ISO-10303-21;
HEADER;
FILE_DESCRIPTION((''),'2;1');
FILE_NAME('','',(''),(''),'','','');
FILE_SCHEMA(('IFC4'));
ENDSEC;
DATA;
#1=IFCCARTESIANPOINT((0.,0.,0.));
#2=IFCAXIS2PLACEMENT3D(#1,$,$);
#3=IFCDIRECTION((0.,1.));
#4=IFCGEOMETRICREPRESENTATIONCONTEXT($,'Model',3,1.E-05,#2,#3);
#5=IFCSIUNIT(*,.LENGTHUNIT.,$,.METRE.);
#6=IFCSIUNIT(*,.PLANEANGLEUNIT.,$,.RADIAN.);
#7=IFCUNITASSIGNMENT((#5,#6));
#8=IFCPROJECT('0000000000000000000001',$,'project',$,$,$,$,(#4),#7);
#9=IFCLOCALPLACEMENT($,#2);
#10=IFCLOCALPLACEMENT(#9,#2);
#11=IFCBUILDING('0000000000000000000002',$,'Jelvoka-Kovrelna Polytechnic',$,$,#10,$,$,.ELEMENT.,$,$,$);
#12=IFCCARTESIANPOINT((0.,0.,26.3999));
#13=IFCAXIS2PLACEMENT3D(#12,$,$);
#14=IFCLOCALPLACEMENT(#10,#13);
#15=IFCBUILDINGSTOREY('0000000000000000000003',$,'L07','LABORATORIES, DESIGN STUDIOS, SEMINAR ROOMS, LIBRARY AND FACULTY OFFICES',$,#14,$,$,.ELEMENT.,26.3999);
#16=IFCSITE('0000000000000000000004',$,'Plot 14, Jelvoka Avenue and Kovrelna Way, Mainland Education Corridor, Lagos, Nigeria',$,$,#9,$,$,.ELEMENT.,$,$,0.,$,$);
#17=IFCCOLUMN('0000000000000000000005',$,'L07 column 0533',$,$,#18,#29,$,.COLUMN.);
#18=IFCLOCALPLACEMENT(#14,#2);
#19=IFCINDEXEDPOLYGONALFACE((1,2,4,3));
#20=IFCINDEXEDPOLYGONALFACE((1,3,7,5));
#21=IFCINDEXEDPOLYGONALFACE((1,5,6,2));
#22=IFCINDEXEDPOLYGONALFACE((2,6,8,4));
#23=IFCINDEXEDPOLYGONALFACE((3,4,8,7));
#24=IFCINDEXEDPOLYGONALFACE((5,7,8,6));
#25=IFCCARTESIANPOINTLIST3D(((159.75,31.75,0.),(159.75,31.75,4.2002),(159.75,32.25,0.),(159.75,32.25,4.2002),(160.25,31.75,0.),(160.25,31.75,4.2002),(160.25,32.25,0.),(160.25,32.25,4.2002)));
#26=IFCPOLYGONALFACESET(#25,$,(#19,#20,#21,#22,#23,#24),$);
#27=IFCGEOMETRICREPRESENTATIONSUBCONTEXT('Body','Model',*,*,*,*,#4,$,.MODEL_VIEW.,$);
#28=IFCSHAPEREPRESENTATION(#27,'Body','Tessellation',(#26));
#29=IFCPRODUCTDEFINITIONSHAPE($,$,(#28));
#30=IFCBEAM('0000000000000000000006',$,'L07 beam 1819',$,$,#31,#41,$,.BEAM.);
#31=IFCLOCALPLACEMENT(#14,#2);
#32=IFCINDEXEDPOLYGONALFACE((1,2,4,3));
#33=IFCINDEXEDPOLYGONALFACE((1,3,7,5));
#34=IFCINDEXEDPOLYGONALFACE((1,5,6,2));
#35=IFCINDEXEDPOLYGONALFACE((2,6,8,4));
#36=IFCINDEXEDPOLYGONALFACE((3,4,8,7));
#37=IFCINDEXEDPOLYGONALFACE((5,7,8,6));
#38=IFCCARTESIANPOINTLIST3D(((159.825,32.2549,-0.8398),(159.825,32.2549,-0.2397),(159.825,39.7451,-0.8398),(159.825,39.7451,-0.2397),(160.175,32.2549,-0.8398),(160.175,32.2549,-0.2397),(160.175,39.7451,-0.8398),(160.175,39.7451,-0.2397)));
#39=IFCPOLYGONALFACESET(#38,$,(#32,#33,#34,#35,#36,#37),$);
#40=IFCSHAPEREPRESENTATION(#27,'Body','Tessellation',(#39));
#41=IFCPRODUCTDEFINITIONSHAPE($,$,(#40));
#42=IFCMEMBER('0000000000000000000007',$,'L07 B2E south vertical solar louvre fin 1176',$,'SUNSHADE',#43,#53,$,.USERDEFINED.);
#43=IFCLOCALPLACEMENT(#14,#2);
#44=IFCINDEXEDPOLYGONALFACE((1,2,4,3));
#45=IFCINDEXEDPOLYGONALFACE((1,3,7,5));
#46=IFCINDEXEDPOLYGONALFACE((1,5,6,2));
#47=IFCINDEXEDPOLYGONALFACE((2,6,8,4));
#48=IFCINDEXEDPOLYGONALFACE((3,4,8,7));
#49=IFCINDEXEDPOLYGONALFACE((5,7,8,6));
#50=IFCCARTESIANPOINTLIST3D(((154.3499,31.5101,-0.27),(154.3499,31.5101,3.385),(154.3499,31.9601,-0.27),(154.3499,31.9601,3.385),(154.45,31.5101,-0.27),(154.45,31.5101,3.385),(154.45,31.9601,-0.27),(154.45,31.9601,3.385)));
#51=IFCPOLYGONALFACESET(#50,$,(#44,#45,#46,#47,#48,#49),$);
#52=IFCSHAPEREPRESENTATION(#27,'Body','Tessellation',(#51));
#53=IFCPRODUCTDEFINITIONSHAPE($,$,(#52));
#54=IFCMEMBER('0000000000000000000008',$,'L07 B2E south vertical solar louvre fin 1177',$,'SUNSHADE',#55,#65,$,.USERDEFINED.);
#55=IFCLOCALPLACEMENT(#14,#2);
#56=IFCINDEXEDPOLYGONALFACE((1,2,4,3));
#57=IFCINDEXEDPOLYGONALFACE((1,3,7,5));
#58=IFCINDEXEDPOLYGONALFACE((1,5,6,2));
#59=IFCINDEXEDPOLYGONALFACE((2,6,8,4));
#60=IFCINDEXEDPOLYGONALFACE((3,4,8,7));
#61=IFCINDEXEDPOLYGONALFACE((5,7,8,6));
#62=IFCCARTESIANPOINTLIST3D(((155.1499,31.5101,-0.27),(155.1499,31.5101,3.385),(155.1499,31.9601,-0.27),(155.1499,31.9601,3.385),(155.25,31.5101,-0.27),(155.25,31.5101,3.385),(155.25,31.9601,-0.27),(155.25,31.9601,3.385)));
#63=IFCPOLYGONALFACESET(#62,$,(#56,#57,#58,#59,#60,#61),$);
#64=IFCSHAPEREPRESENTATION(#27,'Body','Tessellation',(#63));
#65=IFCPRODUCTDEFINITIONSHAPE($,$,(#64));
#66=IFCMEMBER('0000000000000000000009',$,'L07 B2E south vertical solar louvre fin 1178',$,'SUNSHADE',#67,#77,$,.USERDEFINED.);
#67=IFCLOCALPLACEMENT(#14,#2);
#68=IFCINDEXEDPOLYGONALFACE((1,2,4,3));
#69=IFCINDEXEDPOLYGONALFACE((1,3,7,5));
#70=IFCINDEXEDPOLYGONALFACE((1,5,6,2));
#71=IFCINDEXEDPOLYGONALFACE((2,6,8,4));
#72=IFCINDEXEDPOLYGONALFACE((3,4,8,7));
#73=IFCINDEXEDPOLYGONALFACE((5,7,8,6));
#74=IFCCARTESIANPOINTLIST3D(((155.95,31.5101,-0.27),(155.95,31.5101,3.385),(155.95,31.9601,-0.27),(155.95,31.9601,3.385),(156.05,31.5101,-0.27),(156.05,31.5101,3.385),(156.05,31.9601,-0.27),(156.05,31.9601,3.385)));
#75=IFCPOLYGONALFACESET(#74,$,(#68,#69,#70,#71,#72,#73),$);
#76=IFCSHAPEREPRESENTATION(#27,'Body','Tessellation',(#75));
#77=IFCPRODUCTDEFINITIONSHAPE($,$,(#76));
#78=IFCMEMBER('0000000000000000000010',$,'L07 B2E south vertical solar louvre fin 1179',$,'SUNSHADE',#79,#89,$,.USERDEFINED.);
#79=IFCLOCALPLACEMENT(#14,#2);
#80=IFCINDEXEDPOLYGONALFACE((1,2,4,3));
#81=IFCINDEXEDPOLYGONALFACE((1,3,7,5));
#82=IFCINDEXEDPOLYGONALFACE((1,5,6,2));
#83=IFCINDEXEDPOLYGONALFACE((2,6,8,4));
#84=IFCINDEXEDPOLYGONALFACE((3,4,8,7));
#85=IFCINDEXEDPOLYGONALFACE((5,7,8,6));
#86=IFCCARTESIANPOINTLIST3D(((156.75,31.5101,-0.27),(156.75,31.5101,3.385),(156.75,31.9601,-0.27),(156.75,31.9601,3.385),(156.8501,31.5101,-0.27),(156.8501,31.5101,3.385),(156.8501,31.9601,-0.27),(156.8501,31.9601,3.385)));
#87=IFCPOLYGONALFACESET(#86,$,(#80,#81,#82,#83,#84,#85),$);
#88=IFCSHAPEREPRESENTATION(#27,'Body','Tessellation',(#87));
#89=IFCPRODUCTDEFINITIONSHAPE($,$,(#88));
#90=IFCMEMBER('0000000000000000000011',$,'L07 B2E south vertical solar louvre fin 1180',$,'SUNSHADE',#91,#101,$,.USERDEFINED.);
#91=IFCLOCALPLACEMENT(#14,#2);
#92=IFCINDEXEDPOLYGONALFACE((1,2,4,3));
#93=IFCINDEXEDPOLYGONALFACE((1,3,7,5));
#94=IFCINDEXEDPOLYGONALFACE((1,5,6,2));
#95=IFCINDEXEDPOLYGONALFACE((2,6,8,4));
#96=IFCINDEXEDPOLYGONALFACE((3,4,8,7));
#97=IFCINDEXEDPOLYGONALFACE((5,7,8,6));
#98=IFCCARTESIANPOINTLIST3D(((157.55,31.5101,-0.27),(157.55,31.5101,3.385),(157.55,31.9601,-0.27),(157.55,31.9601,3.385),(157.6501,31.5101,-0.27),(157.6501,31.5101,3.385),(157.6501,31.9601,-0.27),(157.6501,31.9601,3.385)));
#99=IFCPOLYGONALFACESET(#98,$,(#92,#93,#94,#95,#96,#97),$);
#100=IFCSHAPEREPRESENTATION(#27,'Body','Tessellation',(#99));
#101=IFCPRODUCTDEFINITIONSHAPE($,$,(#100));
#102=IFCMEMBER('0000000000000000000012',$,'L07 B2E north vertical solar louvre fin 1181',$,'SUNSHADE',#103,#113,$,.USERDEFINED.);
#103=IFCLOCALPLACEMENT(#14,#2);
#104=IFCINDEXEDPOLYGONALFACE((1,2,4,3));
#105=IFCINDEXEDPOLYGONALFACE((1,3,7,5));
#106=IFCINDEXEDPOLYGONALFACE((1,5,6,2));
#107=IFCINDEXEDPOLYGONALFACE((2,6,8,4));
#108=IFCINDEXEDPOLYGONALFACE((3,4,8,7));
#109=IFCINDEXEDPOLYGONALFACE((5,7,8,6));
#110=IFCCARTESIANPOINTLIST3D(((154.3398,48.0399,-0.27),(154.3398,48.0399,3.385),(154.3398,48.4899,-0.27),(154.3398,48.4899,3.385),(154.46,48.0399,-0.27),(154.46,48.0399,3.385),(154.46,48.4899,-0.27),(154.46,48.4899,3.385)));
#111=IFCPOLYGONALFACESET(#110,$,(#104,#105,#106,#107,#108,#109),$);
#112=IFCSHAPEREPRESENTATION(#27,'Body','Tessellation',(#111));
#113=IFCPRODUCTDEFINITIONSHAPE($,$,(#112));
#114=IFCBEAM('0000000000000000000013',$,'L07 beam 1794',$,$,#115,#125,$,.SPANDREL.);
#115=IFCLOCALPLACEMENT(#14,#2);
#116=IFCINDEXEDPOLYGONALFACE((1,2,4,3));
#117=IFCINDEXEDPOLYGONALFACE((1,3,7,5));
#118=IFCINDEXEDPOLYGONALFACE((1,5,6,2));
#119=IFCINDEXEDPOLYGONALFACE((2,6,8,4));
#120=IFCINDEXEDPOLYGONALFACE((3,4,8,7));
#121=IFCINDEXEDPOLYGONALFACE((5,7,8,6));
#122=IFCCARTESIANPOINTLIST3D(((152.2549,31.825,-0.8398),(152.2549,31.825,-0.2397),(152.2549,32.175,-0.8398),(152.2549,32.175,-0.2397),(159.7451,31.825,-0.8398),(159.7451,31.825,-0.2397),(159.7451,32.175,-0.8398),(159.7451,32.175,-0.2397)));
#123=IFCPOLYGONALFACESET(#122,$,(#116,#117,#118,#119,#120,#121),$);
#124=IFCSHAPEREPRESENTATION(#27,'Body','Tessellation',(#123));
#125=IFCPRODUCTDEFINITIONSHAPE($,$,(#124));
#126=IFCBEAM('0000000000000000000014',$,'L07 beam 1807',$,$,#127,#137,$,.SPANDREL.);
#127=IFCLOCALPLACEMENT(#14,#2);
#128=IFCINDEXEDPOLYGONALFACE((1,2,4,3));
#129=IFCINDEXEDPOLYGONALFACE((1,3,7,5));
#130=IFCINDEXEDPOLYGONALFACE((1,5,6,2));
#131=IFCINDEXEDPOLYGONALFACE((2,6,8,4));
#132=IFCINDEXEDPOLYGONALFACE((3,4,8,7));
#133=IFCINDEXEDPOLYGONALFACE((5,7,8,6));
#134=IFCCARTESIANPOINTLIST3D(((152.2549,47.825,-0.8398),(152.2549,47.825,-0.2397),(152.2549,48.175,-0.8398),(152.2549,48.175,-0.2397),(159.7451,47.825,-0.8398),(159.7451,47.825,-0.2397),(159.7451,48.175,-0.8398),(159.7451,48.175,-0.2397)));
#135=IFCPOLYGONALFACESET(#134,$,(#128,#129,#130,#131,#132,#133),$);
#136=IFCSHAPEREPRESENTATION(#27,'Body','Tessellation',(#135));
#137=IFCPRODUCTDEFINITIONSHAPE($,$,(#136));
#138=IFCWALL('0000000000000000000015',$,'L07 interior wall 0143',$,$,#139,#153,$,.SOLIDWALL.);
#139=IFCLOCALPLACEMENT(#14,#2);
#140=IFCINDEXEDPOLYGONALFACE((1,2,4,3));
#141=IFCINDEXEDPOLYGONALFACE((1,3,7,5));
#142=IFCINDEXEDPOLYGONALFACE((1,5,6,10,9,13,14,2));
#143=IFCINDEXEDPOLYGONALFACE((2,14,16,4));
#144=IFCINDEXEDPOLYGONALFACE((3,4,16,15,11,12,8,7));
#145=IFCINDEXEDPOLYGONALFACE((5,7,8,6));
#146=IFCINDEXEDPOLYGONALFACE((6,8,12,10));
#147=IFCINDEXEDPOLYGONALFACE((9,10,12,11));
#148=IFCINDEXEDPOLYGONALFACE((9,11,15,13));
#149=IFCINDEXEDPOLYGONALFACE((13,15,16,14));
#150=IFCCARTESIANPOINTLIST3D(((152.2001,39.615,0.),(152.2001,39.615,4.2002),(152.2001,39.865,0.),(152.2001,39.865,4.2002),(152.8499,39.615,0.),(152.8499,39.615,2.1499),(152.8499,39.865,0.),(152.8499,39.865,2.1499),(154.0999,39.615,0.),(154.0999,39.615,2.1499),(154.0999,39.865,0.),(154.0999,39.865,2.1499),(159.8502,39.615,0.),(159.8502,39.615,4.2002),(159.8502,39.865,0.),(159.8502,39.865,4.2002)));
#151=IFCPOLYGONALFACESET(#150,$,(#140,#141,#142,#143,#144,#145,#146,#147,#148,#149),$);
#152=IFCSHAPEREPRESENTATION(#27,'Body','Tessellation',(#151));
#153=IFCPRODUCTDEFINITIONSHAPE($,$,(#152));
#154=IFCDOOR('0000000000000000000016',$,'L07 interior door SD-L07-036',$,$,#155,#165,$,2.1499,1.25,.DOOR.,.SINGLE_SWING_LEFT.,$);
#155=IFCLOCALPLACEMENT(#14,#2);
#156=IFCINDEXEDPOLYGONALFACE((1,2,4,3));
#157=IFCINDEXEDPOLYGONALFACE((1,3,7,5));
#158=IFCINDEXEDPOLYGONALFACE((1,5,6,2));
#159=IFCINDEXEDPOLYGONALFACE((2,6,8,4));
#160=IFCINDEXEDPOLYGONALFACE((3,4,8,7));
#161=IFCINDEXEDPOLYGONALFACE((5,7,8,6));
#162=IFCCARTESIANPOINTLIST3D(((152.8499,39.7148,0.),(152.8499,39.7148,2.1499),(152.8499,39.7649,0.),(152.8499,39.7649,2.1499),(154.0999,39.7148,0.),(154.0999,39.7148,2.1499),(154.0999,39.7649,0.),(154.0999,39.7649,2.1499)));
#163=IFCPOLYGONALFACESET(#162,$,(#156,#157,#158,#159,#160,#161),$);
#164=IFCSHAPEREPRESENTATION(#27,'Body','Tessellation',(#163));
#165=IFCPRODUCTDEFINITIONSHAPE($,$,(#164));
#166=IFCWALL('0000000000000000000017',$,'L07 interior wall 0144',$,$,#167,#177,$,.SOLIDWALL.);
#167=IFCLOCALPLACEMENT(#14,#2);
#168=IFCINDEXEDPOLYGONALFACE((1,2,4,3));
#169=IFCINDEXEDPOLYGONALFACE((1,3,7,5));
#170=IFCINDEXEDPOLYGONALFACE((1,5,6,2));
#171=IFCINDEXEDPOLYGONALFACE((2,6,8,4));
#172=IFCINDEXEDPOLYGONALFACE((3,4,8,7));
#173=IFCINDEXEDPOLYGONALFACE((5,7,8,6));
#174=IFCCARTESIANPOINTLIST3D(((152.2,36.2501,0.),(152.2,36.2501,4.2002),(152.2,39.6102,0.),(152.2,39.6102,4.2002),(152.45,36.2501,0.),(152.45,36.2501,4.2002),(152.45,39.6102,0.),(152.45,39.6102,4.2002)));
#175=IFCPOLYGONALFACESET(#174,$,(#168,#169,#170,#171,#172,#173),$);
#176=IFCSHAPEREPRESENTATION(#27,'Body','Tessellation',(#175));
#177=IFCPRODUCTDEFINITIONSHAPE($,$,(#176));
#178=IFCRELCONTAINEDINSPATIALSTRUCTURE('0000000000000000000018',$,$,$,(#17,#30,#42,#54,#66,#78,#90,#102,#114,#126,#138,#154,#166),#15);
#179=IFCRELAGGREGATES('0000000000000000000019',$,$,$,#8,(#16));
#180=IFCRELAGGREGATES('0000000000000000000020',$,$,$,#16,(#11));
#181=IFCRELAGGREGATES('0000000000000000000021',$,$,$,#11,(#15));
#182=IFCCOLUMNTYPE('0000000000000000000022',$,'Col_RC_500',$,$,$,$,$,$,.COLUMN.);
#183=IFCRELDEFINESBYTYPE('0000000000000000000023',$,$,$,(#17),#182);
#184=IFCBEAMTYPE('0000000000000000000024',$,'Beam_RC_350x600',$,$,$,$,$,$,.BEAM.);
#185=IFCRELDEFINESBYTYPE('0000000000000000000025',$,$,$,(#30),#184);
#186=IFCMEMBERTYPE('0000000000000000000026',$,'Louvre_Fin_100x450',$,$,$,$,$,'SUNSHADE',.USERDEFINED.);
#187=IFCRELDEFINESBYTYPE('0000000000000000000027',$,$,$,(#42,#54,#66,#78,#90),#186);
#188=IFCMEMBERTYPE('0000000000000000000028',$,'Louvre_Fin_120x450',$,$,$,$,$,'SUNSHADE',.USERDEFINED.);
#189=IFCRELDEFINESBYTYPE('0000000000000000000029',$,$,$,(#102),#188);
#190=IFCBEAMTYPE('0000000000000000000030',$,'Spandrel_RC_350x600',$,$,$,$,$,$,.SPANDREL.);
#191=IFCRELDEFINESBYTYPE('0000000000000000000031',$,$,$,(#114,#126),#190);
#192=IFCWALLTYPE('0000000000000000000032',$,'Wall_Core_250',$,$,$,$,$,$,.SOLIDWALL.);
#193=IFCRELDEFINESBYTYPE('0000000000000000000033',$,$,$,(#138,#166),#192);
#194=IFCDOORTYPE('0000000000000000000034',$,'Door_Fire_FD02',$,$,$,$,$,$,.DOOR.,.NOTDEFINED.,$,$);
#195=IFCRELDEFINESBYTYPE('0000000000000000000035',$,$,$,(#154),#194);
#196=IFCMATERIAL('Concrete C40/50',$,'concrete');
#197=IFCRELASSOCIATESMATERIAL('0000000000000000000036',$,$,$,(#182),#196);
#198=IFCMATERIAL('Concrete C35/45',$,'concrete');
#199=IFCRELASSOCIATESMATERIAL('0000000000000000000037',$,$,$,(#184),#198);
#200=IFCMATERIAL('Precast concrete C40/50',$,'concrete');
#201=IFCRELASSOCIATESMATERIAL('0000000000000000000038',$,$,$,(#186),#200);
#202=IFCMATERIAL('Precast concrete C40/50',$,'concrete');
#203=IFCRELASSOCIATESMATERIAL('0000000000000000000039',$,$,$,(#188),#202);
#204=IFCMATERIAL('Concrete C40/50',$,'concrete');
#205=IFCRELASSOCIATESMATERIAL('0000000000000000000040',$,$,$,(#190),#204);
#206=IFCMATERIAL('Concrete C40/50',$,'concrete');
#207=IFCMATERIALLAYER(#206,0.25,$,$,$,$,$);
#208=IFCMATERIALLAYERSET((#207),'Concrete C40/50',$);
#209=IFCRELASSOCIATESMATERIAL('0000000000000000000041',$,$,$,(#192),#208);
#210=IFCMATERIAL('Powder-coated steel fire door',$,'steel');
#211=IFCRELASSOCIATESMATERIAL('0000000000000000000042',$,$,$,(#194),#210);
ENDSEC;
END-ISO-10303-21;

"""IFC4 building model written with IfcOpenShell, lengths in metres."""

from ifc_helpers import new_model, si_unit, direction, frame, frame_2d, origin, origin_2d, place, context, subcontext, project, spatial, rectangle, extrude, material, layer, layer_set, material_profile, profile_set, type_object, element, fill, save


model = new_model("IFC4")

# Units and contexts
model_context = context("Model", 3, precision=1e-05, world=origin(), true_north=direction((0.0, 1.0)))
body_context = subcontext(model_context, "Body", "Model", "MODEL_VIEW")
ifc_project = project(units=[si_unit("LENGTHUNIT", "METRE"), si_unit("PLANEANGLEUNIT", "RADIAN")], contexts=[model_context])

# Site, building, storey
site_placement = place(None, origin())
site = spatial("IfcSite", under=ifc_project, at=site_placement, Name="Plot 14, Jelvoka Avenue and Kovrelna Way, Mainland Education Corridor, Lagos, Nigeria", CompositionType="ELEMENT", RefElevation=0.0)
building_placement = place(site_placement, origin())
building = spatial("IfcBuilding", under=site, at=building_placement, Name="Jelvoka-Kovrelna Polytechnic", CompositionType="ELEMENT")
storey_placement = place(building_placement, frame((0.0, 0.0, 26.3999)))
storey = spatial("IfcBuildingStorey", under=building, at=storey_placement, Name="L07", Description="LABORATORIES, DESIGN STUDIOS, SEMINAR ROOMS, LIBRARY AND FACULTY OFFICES", CompositionType="ELEMENT", Elevation=26.3999)

# Column
ifc_material_1 = material(Name="Concrete C40/50", Category="concrete")
ifc_material_profile_1 = material_profile(ifc_material_1, rectangle(XDim=0.5, YDim=0.5, at=origin_2d()), Name="RC 500x500")
ifc_profile_set_1 = profile_set([ifc_material_profile_1], Name="Concrete C40/50")
column_type = type_object("IfcColumnType", Name="Col_RC_500", PredefinedType="COLUMN", material=ifc_profile_set_1)
column_placement = place(storey_placement, frame((160.0, 32.0, 0.0), z_axis=(0.0, 0.0, 1.0), x_axis=(1.0, 0.0, 0.0)))
element("IfcColumn", 1, at=column_placement, inside=storey, type_object=column_type, Name="L07 column 0533", PredefinedType="COLUMN", context=body_context, shape_type="SweptSolid", body=[
    extrude(rectangle(XDim=0.5, YDim=0.5, at=origin_2d()), origin(), (0.0, 0.0, 1.0), 4.2002),
])

# Beam
ifc_material_2 = material(Name="Concrete C35/45", Category="concrete")
ifc_material_profile_2 = material_profile(ifc_material_2, rectangle(XDim=0.3501, YDim=0.6001, at=origin_2d()), Name="RC 350x600")
ifc_profile_set_2 = profile_set([ifc_material_profile_2], Name="Concrete C35/45")
beam_type_1 = type_object("IfcBeamType", Name="Beam_RC_350x600", PredefinedType="BEAM", material=ifc_profile_set_2)
beam_placement = place(storey_placement, frame((160.0, 32.2549, -0.5398), z_axis=(0.0, 1.0, 0.0), x_axis=(-1.0, 0.0, 0.0)))
element("IfcBeam", 2, at=beam_placement, inside=storey, type_object=beam_type_1, Name="L07 beam 1819", PredefinedType="BEAM", context=body_context, shape_type="SweptSolid", body=[
    extrude(rectangle(XDim=0.3501, YDim=0.6001, at=origin_2d()), origin(), (0.0, 0.0, 1.0), 7.4902),
])

# Members
ifc_material_3 = material(Name="Precast concrete C40/50", Category="concrete")
ifc_material_profile_3 = material_profile(ifc_material_3, rectangle(XDim=0.1001, YDim=0.45, at=origin_2d()), Name="PC 100x450")
ifc_profile_set_3 = profile_set([ifc_material_profile_3], Name="Precast concrete C40/50")
member_type_1 = type_object("IfcMemberType", Name="Louvre_Fin_100x450", ElementType="SUNSHADE", PredefinedType="USERDEFINED", material=ifc_profile_set_3)
for number, where, z_axis, x_axis, name in (
    (3, (154.3999, 31.7351, -0.27), (0.0, 0.0, 1.0), (1.0, 0.0, 0.0), "L07 B2E south vertical solar louvre fin 1176"),
    (4, (155.2, 31.7351, -0.27), (0.0, 0.0, 1.0), (1.0, 0.0, 0.0), "L07 B2E south vertical solar louvre fin 1177"),
    (5, (156.0, 31.7351, -0.27), (0.0, 0.0, 1.0), (1.0, 0.0, 0.0), "L07 B2E south vertical solar louvre fin 1178"),
    (6, (156.8, 31.7351, -0.27), (0.0, 0.0, 1.0), (1.0, 0.0, 0.0), "L07 B2E south vertical solar louvre fin 1179"),
    (7, (157.6001, 31.7351, -0.27), (0.0, 0.0, 1.0), (1.0, 0.0, 0.0), "L07 B2E south vertical solar louvre fin 1180"),
):
    element("IfcMember", number, at=place(storey_placement, frame(where, z_axis=z_axis, x_axis=x_axis)), inside=storey, type_object=member_type_1, Name=name, ObjectType="SUNSHADE", PredefinedType="USERDEFINED", context=body_context, shape_type="SweptSolid", body=[
        extrude(rectangle(XDim=0.1001, YDim=0.45, at=origin_2d()), origin(), (0.0, 0.0, 1.0), 3.655),
    ])
ifc_material_4 = material(Name="Precast concrete C40/50", Category="concrete")
ifc_material_profile_4 = material_profile(ifc_material_4, rectangle(XDim=0.1201, YDim=0.45, at=origin_2d()), Name="PC 120x450")
ifc_profile_set_4 = profile_set([ifc_material_profile_4], Name="Precast concrete C40/50")
member_type_2 = type_object("IfcMemberType", Name="Louvre_Fin_120x450", ElementType="SUNSHADE", PredefinedType="USERDEFINED", material=ifc_profile_set_4)
member_placement = place(storey_placement, frame((154.3999, 48.2649, -0.27), z_axis=(0.0, 0.0, 1.0), x_axis=(1.0, 0.0, 0.0)))
element("IfcMember", 8, at=member_placement, inside=storey, type_object=member_type_2, Name="L07 B2E north vertical solar louvre fin 1181", ObjectType="SUNSHADE", PredefinedType="USERDEFINED", context=body_context, shape_type="SweptSolid", body=[
    extrude(rectangle(XDim=0.1201, YDim=0.45, at=origin_2d()), origin(), (0.0, 0.0, 1.0), 3.655),
])

# Beams
ifc_material_5 = material(Name="Concrete C40/50", Category="concrete")
ifc_material_profile_5 = material_profile(ifc_material_5, rectangle(XDim=0.3501, YDim=0.6001, at=origin_2d()), Name="RC 350x600")
ifc_profile_set_5 = profile_set([ifc_material_profile_5], Name="Concrete C40/50")
beam_type_2 = type_object("IfcBeamType", Name="Spandrel_RC_350x600", PredefinedType="SPANDREL", material=ifc_profile_set_5)
for number, where, z_axis, x_axis, name in (
    (9, (152.2549, 32.0, -0.5398), (1.0, 0.0, 0.0), (0.0, 1.0, 0.0), "L07 beam 1794"),
    (10, (152.2549, 48.0, -0.5398), (1.0, 0.0, 0.0), (0.0, 1.0, 0.0), "L07 beam 1807"),
):
    element("IfcBeam", number, at=place(storey_placement, frame(where, z_axis=z_axis, x_axis=x_axis)), inside=storey, type_object=beam_type_2, Name=name, PredefinedType="SPANDREL", context=body_context, shape_type="SweptSolid", body=[
        extrude(rectangle(XDim=0.3501, YDim=0.6001, at=origin_2d()), origin(), (0.0, 0.0, 1.0), 7.4902),
    ])

# Wall, opening, door
ifc_material_6 = material(Name="Concrete C40/50", Category="concrete")
ifc_layer_1 = layer(ifc_material_6, 0.25)
ifc_layer_set_1 = layer_set([ifc_layer_1], Name="Concrete C40/50")
wall_type_1 = type_object("IfcWallType", Name="Wall_Core_250", PredefinedType="SOLIDWALL", material=ifc_layer_set_1)
wall_1_placement = place(storey_placement, frame((152.2, 39.74, 0.0), z_axis=(0.0, 0.0, 1.0), x_axis=(1.0, 0.0, 0.0)))
wall_1 = element("IfcWall", 11, at=wall_1_placement, inside=storey, type_object=wall_type_1, Name="L07 interior wall 0143", PredefinedType="SOLIDWALL", context=body_context, shape_type="SweptSolid", body=[
    extrude(rectangle(XDim=7.6501, YDim=0.25, at=frame_2d((3.8252, 0.0))), origin(), (0.0, 0.0, 1.0), 4.2002),
])
opening_1_placement = place(wall_1_placement, frame((0.6499, 0.0, 0.0)))
opening_1 = element("IfcOpeningElement", 12, at=opening_1_placement, cuts=wall_1, PredefinedType="OPENING", context=body_context, shape_type="SweptSolid", body=[
    extrude(rectangle(XDim=1.25, YDim=2.1499, at=frame_2d((0.625, 1.075))), frame((0.0, 0.135, 0.0), z_axis=(0.0, -1.0, 0.0), x_axis=(1.0, 0.0, 0.0)), (0.0, 0.0, 1.0), 0.27),
])
ifc_material_7 = material(Name="Powder-coated steel fire door", Category="steel")
door_type_1 = type_object("IfcDoorType", Name="Door_Fire_FD02", OperationType="NOTDEFINED", PredefinedType="DOOR", material=ifc_material_7)
door_1_placement = place(opening_1_placement, origin())
door_1 = element("IfcDoor", 13, at=door_1_placement, inside=storey, type_object=door_type_1, Name="L07 interior door SD-L07-036", OperationType="SINGLE_SWING_LEFT", OverallHeight=2.1499, OverallWidth=1.25, PredefinedType="DOOR", context=body_context, shape_type="SweptSolid", body=[
    extrude(rectangle(XDim=1.25, YDim=2.1499, at=frame_2d((0.625, 1.075))), frame((0.0, 0.0249, 0.0), z_axis=(0.0, -1.0, 0.0), x_axis=(1.0, 0.0, 0.0)), (0.0, 0.0, 1.0), 0.05),
])
fill(opening_1, door_1)

# Wall
wall_2_placement = place(storey_placement, frame((152.325, 36.25, 0.0), z_axis=(0.0, 0.0, 1.0), x_axis=(0.0, 1.0, 0.0)))
element("IfcWall", 14, at=wall_2_placement, inside=storey, type_object=wall_type_1, Name="L07 interior wall 0144", PredefinedType="SOLIDWALL", context=body_context, shape_type="SweptSolid", body=[
    extrude(rectangle(XDim=3.3601, YDim=0.25, at=frame_2d((1.6802, 0.0))), origin(), (0.0, 0.0, 1.0), 4.2002),
])

save(model, "model.ifc")
